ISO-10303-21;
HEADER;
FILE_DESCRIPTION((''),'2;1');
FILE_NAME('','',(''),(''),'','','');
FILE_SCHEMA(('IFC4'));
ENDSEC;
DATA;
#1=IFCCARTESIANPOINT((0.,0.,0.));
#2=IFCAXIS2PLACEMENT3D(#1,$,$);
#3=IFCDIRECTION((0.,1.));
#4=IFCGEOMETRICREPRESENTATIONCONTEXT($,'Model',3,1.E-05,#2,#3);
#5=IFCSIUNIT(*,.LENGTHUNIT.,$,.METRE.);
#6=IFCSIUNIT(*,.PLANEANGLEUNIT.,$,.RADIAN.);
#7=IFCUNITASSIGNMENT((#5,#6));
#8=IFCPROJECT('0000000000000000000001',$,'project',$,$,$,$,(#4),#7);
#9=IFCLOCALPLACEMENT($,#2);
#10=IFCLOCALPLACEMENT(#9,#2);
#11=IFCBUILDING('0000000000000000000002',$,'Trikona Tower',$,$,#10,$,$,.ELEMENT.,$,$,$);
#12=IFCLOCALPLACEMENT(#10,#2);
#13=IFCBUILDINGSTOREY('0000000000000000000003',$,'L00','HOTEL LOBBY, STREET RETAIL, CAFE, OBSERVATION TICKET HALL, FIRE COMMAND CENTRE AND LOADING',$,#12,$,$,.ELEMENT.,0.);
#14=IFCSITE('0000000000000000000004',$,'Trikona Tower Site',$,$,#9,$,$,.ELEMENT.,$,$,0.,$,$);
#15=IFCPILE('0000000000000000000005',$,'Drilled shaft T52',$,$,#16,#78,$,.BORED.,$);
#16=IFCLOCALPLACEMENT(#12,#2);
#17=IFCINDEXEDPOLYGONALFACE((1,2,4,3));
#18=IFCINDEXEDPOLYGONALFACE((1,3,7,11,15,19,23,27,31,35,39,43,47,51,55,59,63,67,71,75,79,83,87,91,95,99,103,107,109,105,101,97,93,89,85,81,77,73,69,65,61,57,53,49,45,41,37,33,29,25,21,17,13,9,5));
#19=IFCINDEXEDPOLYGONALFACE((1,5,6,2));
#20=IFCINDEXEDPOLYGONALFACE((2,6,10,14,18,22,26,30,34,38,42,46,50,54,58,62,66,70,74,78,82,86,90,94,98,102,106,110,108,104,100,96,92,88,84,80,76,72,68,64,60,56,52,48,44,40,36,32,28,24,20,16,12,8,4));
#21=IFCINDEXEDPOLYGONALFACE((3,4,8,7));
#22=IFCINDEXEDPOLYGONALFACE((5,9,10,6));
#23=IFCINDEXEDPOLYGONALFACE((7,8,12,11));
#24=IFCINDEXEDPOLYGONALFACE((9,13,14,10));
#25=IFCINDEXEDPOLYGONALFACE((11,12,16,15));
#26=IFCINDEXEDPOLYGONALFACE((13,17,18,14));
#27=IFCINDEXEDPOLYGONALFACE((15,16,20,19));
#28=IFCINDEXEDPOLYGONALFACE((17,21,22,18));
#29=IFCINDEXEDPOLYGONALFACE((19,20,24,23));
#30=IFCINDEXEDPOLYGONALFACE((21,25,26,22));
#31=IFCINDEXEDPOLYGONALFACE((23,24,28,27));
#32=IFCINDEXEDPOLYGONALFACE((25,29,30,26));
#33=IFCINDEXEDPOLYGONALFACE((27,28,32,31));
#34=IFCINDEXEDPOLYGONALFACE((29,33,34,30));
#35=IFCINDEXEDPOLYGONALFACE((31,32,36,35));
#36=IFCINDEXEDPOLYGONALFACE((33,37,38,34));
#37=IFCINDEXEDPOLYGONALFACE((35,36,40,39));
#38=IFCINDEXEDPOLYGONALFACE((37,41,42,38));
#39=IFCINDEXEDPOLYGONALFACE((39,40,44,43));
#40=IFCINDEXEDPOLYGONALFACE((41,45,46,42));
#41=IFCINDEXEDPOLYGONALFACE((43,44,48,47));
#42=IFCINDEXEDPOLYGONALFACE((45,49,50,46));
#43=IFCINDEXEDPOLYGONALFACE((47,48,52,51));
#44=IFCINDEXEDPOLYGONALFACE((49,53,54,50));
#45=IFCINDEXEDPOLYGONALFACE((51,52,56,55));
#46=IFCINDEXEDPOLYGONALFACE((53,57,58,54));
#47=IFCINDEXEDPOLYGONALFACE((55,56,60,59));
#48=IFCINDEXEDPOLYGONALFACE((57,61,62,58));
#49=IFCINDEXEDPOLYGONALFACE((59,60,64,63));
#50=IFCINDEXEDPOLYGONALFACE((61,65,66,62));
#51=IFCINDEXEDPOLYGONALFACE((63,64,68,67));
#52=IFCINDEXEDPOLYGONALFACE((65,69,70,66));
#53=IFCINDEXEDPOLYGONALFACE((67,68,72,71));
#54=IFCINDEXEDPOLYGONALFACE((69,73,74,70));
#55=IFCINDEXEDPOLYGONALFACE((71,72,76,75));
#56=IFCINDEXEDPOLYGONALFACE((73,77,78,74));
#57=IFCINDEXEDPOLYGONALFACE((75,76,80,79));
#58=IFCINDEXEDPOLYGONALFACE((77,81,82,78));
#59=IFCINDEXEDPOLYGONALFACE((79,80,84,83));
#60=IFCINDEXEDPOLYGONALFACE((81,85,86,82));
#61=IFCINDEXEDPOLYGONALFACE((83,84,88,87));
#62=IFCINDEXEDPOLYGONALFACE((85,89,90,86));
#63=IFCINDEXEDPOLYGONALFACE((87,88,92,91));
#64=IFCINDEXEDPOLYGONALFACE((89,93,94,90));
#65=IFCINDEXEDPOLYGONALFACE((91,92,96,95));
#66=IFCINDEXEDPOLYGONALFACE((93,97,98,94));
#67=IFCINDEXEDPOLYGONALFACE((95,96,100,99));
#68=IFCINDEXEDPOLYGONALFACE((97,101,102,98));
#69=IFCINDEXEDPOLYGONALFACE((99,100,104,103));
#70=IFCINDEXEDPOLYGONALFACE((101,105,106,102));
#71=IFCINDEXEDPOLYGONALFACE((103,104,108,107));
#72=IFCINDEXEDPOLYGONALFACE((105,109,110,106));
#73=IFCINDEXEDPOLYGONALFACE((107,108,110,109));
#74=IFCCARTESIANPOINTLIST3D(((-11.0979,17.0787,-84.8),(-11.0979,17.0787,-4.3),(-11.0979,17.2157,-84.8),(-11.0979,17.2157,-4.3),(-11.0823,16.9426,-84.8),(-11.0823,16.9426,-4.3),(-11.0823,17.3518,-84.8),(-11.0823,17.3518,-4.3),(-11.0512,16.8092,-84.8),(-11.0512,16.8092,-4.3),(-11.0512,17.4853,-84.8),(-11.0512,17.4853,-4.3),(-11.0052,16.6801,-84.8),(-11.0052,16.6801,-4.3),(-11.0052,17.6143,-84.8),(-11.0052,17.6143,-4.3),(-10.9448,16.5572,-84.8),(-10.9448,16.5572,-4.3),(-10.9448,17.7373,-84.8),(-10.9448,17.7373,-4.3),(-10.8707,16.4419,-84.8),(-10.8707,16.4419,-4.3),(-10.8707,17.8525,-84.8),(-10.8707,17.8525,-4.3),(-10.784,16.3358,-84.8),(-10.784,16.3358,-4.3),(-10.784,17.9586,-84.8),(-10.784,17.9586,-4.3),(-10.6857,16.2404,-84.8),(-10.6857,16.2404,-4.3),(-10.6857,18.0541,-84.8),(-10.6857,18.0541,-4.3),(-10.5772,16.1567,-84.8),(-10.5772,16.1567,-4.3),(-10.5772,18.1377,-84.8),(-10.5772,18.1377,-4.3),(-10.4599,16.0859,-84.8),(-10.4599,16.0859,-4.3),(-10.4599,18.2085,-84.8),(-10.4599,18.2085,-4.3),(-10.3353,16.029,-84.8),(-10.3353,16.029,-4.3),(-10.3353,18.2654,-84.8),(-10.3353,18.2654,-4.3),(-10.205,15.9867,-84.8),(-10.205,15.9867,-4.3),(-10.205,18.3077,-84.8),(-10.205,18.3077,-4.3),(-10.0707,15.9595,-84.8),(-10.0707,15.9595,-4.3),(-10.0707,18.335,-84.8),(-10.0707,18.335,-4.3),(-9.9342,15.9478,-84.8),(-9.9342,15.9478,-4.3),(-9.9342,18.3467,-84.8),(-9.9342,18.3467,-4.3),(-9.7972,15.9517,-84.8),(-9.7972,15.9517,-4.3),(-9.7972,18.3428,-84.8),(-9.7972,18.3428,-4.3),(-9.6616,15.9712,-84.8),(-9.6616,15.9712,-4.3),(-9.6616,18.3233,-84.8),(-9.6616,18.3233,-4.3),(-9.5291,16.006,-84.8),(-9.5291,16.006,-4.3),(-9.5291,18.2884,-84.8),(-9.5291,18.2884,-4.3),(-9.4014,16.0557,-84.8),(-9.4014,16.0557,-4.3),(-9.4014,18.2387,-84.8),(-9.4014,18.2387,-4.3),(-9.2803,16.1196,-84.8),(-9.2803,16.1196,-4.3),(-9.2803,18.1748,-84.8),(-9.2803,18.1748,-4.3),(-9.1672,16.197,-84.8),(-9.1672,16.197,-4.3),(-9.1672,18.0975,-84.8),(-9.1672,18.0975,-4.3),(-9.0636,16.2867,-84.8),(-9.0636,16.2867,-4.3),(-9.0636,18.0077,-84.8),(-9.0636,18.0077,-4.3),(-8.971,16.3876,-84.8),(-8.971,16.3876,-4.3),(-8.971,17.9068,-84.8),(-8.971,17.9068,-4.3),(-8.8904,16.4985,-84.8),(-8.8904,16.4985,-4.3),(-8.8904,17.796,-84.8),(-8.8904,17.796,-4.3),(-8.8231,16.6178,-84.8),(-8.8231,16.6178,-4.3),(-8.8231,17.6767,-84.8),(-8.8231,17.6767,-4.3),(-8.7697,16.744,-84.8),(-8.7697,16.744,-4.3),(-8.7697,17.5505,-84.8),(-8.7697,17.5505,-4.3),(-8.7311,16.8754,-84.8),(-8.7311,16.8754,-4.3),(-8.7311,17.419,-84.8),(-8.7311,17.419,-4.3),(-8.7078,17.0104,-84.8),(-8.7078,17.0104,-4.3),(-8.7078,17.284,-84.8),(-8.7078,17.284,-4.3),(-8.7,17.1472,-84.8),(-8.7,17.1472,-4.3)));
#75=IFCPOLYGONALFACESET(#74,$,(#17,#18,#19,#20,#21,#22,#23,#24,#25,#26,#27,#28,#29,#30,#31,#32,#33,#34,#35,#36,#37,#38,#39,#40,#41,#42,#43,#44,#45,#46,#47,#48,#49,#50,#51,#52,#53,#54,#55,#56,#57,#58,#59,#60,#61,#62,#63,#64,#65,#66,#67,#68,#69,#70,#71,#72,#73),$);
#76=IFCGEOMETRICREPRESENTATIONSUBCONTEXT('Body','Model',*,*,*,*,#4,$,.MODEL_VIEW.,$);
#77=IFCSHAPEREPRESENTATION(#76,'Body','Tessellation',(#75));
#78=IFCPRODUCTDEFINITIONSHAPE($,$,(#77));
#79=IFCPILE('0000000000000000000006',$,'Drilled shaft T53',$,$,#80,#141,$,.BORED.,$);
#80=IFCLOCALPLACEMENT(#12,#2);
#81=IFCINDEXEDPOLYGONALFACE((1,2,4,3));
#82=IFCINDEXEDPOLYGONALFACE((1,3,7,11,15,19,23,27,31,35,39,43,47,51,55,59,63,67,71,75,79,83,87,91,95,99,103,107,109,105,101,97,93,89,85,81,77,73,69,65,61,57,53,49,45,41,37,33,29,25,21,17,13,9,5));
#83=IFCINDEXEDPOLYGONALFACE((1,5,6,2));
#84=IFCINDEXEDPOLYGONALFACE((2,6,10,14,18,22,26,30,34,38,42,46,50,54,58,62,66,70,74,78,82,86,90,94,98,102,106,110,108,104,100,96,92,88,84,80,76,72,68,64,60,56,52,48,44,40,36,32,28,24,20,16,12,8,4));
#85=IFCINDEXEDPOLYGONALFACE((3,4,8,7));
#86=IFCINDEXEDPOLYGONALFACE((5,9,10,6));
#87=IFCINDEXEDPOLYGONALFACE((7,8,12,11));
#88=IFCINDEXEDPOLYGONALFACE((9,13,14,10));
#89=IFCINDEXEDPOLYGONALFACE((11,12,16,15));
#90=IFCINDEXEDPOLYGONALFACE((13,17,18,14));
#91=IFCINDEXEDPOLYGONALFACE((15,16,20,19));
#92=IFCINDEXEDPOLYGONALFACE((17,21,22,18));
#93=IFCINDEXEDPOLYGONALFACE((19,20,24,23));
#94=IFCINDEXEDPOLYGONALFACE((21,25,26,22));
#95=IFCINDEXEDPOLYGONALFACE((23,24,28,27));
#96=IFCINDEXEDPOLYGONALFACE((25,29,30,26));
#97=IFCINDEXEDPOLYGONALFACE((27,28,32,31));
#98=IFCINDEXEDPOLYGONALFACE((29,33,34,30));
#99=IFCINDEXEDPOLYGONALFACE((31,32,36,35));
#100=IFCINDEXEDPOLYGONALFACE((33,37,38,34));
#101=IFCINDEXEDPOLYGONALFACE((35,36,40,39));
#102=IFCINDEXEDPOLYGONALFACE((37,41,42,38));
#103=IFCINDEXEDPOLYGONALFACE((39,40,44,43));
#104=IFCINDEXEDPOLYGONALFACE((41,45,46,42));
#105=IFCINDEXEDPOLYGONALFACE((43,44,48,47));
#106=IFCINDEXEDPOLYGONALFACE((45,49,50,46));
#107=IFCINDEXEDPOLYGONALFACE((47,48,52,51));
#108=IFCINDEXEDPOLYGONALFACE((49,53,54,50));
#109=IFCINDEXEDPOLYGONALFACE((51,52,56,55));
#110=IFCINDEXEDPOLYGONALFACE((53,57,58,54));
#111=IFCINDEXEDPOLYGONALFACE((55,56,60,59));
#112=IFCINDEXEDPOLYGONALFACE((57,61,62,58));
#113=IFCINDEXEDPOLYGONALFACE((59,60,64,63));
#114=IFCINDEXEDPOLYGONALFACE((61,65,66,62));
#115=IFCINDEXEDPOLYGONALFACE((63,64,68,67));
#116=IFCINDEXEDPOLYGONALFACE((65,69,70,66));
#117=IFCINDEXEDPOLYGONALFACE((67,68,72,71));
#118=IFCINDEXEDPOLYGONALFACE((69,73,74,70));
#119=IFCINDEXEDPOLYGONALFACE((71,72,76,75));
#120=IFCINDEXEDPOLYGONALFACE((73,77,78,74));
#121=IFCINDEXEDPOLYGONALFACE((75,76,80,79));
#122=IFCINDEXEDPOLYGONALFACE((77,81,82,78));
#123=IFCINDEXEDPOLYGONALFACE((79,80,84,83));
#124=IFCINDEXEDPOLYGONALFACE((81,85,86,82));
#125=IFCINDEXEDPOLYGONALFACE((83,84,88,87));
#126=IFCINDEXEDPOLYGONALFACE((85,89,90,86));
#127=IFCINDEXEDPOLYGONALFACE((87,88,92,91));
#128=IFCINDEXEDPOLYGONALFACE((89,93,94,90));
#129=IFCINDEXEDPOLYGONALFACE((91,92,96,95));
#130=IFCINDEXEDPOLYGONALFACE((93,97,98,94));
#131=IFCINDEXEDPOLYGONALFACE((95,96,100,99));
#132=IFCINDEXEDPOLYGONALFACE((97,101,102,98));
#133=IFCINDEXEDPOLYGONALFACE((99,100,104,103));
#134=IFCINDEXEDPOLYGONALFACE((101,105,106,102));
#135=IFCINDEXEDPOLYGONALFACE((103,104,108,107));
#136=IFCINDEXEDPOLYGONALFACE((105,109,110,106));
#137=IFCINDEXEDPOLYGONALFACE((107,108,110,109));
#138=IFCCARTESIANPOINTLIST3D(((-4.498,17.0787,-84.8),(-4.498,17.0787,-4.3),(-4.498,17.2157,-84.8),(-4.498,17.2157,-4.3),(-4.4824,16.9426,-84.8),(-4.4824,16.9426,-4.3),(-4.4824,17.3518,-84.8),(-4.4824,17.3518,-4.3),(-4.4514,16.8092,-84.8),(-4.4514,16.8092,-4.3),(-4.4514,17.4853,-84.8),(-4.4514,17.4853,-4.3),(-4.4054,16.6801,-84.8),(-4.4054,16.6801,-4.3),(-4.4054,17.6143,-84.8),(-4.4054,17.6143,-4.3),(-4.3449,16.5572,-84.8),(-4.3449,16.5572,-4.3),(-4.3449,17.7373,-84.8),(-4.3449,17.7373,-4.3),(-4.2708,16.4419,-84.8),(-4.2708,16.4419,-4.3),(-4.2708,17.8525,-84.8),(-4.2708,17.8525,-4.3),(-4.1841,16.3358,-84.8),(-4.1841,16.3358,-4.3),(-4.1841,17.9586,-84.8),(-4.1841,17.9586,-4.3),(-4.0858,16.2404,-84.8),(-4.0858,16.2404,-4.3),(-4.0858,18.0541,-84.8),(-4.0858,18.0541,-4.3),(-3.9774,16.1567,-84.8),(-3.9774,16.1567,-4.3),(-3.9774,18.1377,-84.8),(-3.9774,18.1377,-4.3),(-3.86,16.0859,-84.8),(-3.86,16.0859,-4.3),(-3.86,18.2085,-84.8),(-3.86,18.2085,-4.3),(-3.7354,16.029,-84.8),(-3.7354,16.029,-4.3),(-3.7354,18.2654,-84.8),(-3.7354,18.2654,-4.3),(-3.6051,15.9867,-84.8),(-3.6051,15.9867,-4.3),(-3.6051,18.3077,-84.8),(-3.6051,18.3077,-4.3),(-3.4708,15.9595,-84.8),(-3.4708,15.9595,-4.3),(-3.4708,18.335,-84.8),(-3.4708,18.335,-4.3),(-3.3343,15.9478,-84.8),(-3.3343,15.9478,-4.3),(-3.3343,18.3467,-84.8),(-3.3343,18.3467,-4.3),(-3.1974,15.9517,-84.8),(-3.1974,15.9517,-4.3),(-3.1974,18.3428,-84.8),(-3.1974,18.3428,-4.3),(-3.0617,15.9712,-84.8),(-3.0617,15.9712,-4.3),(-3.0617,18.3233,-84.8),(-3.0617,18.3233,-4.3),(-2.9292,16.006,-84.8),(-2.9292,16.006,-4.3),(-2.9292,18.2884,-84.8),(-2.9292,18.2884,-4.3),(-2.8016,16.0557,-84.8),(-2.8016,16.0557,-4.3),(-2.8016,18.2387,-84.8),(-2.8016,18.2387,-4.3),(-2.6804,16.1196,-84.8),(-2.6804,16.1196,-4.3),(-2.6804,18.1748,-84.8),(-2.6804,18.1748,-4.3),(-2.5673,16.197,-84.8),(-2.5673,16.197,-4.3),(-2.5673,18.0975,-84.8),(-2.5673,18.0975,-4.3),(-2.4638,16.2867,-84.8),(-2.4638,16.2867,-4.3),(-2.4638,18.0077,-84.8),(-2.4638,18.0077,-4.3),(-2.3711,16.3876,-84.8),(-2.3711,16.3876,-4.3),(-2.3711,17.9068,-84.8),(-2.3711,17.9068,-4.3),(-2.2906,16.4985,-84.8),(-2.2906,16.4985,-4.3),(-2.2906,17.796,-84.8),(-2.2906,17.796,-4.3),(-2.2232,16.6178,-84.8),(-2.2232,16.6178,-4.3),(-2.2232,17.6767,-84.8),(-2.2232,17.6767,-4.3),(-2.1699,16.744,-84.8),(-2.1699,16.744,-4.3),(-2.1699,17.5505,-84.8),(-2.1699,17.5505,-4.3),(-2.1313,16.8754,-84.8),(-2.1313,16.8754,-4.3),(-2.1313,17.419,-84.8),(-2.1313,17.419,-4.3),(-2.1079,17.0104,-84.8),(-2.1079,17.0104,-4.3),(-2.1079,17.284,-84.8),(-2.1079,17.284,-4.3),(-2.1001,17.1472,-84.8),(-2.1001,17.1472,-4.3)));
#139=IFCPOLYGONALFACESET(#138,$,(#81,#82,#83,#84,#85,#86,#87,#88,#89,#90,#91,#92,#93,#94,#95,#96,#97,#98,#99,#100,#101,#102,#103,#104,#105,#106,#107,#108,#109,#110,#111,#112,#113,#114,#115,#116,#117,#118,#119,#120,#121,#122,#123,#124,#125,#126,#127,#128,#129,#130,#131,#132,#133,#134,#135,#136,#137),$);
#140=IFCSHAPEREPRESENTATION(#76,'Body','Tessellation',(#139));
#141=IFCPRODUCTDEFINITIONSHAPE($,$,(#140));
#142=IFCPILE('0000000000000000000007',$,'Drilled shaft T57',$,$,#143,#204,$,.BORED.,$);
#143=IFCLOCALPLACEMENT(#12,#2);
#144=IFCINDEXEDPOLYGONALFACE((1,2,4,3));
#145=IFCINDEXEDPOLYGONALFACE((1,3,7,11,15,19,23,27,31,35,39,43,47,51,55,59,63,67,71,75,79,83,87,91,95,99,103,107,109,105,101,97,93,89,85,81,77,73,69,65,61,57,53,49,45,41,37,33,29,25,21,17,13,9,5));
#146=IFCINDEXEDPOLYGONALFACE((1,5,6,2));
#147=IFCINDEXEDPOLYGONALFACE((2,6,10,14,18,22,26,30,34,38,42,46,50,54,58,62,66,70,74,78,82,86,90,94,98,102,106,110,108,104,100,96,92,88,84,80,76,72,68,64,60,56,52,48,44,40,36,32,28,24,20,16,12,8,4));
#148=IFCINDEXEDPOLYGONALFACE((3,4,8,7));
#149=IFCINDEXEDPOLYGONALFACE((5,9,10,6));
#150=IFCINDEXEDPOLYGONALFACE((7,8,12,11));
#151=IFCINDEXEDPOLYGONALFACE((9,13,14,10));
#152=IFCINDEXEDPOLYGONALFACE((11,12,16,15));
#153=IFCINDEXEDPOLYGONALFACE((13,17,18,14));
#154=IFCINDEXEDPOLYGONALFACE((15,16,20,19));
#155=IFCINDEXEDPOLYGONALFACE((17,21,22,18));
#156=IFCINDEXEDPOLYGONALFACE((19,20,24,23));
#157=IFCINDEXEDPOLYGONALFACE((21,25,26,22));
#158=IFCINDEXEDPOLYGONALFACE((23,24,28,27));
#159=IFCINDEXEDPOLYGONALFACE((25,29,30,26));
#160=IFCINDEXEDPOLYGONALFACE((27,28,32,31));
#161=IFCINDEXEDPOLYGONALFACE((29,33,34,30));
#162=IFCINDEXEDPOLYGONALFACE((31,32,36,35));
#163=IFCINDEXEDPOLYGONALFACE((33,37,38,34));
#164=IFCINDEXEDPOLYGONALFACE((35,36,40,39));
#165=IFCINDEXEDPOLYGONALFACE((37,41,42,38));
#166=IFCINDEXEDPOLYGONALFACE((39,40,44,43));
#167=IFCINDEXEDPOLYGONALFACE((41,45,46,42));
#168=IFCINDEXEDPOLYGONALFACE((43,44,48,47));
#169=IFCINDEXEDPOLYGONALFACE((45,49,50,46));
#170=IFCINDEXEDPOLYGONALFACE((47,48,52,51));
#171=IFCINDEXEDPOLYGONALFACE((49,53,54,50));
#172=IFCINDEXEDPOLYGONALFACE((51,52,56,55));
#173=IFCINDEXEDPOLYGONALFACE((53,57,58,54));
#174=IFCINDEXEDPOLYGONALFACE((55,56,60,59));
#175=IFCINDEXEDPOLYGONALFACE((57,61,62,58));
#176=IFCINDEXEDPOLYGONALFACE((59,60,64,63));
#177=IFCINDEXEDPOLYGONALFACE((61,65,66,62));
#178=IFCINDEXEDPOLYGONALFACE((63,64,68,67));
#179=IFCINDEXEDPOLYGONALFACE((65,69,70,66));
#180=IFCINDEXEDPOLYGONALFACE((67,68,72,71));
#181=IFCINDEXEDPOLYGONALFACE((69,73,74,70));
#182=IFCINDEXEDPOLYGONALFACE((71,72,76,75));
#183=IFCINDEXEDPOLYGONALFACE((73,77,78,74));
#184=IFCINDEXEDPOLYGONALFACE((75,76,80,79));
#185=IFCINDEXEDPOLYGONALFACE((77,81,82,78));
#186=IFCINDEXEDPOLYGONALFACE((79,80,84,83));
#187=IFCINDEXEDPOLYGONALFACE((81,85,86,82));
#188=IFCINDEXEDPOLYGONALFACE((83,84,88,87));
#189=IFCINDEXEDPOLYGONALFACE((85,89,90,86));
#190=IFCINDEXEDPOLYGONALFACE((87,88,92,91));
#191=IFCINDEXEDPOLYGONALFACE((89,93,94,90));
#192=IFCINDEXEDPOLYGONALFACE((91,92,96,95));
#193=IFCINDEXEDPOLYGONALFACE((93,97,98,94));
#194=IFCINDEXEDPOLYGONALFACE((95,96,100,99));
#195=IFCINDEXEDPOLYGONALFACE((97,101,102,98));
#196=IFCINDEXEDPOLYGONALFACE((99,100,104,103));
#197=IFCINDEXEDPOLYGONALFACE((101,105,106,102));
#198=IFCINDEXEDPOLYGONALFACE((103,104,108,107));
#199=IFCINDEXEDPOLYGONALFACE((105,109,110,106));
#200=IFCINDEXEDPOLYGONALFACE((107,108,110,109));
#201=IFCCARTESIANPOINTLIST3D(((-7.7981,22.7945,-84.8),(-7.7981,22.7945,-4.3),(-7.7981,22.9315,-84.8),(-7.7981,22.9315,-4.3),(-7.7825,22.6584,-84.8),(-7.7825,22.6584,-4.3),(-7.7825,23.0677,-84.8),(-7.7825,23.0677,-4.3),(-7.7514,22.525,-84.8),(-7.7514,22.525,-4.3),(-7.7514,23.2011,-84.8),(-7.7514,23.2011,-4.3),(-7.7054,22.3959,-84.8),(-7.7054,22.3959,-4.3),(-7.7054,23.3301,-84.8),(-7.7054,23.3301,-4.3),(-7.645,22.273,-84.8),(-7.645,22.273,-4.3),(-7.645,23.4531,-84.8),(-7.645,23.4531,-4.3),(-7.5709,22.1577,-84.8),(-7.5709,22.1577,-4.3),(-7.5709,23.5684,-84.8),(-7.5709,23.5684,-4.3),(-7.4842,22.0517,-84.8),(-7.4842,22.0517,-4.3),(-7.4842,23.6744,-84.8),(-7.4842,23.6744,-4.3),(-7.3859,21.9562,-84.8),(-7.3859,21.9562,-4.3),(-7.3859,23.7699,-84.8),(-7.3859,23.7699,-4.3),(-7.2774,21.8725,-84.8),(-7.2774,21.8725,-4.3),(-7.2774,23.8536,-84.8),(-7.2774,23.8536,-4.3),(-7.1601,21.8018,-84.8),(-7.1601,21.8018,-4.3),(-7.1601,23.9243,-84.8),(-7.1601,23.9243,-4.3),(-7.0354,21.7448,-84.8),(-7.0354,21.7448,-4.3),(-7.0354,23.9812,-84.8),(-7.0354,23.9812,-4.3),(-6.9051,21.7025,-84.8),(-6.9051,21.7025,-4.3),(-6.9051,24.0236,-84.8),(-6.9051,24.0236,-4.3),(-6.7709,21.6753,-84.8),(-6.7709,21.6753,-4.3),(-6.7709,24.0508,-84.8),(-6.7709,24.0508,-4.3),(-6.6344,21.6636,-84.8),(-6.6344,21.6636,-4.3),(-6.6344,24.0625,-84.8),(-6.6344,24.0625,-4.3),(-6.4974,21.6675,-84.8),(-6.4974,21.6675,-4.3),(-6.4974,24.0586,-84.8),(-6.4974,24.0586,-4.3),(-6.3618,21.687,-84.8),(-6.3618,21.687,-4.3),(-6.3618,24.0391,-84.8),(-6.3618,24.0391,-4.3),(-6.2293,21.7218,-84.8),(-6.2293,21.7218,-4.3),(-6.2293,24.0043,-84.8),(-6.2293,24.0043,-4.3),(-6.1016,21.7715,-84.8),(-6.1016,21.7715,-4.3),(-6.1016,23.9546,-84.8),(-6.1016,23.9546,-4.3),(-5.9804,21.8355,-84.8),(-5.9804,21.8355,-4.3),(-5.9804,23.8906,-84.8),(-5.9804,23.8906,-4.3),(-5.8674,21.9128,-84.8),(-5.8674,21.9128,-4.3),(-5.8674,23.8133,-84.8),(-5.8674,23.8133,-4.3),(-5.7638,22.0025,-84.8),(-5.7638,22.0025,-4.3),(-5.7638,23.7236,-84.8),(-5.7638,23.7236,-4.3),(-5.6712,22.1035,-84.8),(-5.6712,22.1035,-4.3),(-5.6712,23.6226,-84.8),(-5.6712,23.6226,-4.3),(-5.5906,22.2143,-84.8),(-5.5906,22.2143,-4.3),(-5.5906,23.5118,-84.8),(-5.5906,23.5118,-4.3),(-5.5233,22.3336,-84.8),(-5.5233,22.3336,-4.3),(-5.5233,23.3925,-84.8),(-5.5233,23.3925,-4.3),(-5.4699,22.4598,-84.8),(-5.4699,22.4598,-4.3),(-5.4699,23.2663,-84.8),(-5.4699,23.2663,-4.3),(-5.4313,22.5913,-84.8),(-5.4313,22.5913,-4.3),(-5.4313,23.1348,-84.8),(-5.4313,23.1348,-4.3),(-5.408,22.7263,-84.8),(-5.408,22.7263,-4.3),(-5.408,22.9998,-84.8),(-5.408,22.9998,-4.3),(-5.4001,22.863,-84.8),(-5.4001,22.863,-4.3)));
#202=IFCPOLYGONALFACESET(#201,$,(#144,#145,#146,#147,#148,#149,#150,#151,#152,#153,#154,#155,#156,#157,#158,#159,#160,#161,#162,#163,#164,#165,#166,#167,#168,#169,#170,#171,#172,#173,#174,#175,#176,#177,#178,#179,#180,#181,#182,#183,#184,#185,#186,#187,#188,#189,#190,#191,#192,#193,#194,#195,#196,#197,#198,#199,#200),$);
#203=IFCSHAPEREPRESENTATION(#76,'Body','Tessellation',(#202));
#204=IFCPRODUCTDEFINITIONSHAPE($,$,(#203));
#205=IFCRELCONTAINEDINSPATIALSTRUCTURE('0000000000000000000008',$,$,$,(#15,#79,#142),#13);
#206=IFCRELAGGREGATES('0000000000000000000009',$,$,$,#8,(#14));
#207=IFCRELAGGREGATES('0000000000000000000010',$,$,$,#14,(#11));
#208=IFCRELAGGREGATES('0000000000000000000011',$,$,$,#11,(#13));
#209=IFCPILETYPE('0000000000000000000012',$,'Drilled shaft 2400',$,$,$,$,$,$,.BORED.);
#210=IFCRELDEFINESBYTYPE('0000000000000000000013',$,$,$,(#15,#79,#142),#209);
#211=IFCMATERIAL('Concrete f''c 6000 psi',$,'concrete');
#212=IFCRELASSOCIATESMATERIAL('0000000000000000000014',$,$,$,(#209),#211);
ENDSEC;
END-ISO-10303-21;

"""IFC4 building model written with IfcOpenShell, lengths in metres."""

from ifc_helpers import new_model, si_unit, direction, frame, origin, origin_2d, place, context, subcontext, project, spatial, circle, extrude, material, type_object, element, save


model = new_model("IFC4")

# Units and contexts
model_context = context("Model", 3, precision=1e-05, world=origin(), true_north=direction((0.0, 1.0)))
body_context = subcontext(model_context, "Body", "Model", "MODEL_VIEW")
ifc_project = project(units=[si_unit("LENGTHUNIT", "METRE"), si_unit("PLANEANGLEUNIT", "RADIAN")], contexts=[model_context])

# Site, building, storey
site_placement = place(None, origin())
site = spatial("IfcSite", under=ifc_project, at=site_placement, Name="Trikona Tower Site", CompositionType="ELEMENT", RefElevation=0.0)
building_placement = place(site_placement, origin())
building = spatial("IfcBuilding", under=site, at=building_placement, Name="Trikona Tower", CompositionType="ELEMENT")
storey_placement = place(building_placement, origin())
storey = spatial("IfcBuildingStorey", under=building, at=storey_placement, Name="L00", Description="HOTEL LOBBY, STREET RETAIL, CAFE, OBSERVATION TICKET HALL, FIRE COMMAND CENTRE AND LOADING", CompositionType="ELEMENT", Elevation=0.0)

# Piles
ifc_material_1 = material(Name="Concrete f'c 6000 psi", Category="concrete")
pile_type_1 = type_object("IfcPileType", Name="Drilled shaft 2400", PredefinedType="BORED", material=ifc_material_1)
for number, where, z_axis, x_axis, name in (
    (1, (-9.8999, 17.1472, -4.3), (0.0, 0.0, -1.0), (1.0, 0.0, 0.0), "Drilled shaft T52"),
    (2, (-3.3, 17.1472, -4.3), (0.0, 0.0, -1.0), (1.0, 0.0, 0.0), "Drilled shaft T53"),
    (3, (-6.6001, 22.863, -4.3), (0.0, 0.0, -1.0), (1.0, 0.0, 0.0), "Drilled shaft T57"),
):
    element("IfcPile", number, at=place(storey_placement, frame(where, z_axis=z_axis, x_axis=x_axis)), inside=storey, type_object=pile_type_1, Name=name, PredefinedType="BORED", context=body_context, shape_type="SweptSolid", body=[
        extrude(circle(Radius=1.2, at=origin_2d()), origin(), (0.0, 0.0, 1.0), 80.5),
    ])

save(model, "model.ifc")
